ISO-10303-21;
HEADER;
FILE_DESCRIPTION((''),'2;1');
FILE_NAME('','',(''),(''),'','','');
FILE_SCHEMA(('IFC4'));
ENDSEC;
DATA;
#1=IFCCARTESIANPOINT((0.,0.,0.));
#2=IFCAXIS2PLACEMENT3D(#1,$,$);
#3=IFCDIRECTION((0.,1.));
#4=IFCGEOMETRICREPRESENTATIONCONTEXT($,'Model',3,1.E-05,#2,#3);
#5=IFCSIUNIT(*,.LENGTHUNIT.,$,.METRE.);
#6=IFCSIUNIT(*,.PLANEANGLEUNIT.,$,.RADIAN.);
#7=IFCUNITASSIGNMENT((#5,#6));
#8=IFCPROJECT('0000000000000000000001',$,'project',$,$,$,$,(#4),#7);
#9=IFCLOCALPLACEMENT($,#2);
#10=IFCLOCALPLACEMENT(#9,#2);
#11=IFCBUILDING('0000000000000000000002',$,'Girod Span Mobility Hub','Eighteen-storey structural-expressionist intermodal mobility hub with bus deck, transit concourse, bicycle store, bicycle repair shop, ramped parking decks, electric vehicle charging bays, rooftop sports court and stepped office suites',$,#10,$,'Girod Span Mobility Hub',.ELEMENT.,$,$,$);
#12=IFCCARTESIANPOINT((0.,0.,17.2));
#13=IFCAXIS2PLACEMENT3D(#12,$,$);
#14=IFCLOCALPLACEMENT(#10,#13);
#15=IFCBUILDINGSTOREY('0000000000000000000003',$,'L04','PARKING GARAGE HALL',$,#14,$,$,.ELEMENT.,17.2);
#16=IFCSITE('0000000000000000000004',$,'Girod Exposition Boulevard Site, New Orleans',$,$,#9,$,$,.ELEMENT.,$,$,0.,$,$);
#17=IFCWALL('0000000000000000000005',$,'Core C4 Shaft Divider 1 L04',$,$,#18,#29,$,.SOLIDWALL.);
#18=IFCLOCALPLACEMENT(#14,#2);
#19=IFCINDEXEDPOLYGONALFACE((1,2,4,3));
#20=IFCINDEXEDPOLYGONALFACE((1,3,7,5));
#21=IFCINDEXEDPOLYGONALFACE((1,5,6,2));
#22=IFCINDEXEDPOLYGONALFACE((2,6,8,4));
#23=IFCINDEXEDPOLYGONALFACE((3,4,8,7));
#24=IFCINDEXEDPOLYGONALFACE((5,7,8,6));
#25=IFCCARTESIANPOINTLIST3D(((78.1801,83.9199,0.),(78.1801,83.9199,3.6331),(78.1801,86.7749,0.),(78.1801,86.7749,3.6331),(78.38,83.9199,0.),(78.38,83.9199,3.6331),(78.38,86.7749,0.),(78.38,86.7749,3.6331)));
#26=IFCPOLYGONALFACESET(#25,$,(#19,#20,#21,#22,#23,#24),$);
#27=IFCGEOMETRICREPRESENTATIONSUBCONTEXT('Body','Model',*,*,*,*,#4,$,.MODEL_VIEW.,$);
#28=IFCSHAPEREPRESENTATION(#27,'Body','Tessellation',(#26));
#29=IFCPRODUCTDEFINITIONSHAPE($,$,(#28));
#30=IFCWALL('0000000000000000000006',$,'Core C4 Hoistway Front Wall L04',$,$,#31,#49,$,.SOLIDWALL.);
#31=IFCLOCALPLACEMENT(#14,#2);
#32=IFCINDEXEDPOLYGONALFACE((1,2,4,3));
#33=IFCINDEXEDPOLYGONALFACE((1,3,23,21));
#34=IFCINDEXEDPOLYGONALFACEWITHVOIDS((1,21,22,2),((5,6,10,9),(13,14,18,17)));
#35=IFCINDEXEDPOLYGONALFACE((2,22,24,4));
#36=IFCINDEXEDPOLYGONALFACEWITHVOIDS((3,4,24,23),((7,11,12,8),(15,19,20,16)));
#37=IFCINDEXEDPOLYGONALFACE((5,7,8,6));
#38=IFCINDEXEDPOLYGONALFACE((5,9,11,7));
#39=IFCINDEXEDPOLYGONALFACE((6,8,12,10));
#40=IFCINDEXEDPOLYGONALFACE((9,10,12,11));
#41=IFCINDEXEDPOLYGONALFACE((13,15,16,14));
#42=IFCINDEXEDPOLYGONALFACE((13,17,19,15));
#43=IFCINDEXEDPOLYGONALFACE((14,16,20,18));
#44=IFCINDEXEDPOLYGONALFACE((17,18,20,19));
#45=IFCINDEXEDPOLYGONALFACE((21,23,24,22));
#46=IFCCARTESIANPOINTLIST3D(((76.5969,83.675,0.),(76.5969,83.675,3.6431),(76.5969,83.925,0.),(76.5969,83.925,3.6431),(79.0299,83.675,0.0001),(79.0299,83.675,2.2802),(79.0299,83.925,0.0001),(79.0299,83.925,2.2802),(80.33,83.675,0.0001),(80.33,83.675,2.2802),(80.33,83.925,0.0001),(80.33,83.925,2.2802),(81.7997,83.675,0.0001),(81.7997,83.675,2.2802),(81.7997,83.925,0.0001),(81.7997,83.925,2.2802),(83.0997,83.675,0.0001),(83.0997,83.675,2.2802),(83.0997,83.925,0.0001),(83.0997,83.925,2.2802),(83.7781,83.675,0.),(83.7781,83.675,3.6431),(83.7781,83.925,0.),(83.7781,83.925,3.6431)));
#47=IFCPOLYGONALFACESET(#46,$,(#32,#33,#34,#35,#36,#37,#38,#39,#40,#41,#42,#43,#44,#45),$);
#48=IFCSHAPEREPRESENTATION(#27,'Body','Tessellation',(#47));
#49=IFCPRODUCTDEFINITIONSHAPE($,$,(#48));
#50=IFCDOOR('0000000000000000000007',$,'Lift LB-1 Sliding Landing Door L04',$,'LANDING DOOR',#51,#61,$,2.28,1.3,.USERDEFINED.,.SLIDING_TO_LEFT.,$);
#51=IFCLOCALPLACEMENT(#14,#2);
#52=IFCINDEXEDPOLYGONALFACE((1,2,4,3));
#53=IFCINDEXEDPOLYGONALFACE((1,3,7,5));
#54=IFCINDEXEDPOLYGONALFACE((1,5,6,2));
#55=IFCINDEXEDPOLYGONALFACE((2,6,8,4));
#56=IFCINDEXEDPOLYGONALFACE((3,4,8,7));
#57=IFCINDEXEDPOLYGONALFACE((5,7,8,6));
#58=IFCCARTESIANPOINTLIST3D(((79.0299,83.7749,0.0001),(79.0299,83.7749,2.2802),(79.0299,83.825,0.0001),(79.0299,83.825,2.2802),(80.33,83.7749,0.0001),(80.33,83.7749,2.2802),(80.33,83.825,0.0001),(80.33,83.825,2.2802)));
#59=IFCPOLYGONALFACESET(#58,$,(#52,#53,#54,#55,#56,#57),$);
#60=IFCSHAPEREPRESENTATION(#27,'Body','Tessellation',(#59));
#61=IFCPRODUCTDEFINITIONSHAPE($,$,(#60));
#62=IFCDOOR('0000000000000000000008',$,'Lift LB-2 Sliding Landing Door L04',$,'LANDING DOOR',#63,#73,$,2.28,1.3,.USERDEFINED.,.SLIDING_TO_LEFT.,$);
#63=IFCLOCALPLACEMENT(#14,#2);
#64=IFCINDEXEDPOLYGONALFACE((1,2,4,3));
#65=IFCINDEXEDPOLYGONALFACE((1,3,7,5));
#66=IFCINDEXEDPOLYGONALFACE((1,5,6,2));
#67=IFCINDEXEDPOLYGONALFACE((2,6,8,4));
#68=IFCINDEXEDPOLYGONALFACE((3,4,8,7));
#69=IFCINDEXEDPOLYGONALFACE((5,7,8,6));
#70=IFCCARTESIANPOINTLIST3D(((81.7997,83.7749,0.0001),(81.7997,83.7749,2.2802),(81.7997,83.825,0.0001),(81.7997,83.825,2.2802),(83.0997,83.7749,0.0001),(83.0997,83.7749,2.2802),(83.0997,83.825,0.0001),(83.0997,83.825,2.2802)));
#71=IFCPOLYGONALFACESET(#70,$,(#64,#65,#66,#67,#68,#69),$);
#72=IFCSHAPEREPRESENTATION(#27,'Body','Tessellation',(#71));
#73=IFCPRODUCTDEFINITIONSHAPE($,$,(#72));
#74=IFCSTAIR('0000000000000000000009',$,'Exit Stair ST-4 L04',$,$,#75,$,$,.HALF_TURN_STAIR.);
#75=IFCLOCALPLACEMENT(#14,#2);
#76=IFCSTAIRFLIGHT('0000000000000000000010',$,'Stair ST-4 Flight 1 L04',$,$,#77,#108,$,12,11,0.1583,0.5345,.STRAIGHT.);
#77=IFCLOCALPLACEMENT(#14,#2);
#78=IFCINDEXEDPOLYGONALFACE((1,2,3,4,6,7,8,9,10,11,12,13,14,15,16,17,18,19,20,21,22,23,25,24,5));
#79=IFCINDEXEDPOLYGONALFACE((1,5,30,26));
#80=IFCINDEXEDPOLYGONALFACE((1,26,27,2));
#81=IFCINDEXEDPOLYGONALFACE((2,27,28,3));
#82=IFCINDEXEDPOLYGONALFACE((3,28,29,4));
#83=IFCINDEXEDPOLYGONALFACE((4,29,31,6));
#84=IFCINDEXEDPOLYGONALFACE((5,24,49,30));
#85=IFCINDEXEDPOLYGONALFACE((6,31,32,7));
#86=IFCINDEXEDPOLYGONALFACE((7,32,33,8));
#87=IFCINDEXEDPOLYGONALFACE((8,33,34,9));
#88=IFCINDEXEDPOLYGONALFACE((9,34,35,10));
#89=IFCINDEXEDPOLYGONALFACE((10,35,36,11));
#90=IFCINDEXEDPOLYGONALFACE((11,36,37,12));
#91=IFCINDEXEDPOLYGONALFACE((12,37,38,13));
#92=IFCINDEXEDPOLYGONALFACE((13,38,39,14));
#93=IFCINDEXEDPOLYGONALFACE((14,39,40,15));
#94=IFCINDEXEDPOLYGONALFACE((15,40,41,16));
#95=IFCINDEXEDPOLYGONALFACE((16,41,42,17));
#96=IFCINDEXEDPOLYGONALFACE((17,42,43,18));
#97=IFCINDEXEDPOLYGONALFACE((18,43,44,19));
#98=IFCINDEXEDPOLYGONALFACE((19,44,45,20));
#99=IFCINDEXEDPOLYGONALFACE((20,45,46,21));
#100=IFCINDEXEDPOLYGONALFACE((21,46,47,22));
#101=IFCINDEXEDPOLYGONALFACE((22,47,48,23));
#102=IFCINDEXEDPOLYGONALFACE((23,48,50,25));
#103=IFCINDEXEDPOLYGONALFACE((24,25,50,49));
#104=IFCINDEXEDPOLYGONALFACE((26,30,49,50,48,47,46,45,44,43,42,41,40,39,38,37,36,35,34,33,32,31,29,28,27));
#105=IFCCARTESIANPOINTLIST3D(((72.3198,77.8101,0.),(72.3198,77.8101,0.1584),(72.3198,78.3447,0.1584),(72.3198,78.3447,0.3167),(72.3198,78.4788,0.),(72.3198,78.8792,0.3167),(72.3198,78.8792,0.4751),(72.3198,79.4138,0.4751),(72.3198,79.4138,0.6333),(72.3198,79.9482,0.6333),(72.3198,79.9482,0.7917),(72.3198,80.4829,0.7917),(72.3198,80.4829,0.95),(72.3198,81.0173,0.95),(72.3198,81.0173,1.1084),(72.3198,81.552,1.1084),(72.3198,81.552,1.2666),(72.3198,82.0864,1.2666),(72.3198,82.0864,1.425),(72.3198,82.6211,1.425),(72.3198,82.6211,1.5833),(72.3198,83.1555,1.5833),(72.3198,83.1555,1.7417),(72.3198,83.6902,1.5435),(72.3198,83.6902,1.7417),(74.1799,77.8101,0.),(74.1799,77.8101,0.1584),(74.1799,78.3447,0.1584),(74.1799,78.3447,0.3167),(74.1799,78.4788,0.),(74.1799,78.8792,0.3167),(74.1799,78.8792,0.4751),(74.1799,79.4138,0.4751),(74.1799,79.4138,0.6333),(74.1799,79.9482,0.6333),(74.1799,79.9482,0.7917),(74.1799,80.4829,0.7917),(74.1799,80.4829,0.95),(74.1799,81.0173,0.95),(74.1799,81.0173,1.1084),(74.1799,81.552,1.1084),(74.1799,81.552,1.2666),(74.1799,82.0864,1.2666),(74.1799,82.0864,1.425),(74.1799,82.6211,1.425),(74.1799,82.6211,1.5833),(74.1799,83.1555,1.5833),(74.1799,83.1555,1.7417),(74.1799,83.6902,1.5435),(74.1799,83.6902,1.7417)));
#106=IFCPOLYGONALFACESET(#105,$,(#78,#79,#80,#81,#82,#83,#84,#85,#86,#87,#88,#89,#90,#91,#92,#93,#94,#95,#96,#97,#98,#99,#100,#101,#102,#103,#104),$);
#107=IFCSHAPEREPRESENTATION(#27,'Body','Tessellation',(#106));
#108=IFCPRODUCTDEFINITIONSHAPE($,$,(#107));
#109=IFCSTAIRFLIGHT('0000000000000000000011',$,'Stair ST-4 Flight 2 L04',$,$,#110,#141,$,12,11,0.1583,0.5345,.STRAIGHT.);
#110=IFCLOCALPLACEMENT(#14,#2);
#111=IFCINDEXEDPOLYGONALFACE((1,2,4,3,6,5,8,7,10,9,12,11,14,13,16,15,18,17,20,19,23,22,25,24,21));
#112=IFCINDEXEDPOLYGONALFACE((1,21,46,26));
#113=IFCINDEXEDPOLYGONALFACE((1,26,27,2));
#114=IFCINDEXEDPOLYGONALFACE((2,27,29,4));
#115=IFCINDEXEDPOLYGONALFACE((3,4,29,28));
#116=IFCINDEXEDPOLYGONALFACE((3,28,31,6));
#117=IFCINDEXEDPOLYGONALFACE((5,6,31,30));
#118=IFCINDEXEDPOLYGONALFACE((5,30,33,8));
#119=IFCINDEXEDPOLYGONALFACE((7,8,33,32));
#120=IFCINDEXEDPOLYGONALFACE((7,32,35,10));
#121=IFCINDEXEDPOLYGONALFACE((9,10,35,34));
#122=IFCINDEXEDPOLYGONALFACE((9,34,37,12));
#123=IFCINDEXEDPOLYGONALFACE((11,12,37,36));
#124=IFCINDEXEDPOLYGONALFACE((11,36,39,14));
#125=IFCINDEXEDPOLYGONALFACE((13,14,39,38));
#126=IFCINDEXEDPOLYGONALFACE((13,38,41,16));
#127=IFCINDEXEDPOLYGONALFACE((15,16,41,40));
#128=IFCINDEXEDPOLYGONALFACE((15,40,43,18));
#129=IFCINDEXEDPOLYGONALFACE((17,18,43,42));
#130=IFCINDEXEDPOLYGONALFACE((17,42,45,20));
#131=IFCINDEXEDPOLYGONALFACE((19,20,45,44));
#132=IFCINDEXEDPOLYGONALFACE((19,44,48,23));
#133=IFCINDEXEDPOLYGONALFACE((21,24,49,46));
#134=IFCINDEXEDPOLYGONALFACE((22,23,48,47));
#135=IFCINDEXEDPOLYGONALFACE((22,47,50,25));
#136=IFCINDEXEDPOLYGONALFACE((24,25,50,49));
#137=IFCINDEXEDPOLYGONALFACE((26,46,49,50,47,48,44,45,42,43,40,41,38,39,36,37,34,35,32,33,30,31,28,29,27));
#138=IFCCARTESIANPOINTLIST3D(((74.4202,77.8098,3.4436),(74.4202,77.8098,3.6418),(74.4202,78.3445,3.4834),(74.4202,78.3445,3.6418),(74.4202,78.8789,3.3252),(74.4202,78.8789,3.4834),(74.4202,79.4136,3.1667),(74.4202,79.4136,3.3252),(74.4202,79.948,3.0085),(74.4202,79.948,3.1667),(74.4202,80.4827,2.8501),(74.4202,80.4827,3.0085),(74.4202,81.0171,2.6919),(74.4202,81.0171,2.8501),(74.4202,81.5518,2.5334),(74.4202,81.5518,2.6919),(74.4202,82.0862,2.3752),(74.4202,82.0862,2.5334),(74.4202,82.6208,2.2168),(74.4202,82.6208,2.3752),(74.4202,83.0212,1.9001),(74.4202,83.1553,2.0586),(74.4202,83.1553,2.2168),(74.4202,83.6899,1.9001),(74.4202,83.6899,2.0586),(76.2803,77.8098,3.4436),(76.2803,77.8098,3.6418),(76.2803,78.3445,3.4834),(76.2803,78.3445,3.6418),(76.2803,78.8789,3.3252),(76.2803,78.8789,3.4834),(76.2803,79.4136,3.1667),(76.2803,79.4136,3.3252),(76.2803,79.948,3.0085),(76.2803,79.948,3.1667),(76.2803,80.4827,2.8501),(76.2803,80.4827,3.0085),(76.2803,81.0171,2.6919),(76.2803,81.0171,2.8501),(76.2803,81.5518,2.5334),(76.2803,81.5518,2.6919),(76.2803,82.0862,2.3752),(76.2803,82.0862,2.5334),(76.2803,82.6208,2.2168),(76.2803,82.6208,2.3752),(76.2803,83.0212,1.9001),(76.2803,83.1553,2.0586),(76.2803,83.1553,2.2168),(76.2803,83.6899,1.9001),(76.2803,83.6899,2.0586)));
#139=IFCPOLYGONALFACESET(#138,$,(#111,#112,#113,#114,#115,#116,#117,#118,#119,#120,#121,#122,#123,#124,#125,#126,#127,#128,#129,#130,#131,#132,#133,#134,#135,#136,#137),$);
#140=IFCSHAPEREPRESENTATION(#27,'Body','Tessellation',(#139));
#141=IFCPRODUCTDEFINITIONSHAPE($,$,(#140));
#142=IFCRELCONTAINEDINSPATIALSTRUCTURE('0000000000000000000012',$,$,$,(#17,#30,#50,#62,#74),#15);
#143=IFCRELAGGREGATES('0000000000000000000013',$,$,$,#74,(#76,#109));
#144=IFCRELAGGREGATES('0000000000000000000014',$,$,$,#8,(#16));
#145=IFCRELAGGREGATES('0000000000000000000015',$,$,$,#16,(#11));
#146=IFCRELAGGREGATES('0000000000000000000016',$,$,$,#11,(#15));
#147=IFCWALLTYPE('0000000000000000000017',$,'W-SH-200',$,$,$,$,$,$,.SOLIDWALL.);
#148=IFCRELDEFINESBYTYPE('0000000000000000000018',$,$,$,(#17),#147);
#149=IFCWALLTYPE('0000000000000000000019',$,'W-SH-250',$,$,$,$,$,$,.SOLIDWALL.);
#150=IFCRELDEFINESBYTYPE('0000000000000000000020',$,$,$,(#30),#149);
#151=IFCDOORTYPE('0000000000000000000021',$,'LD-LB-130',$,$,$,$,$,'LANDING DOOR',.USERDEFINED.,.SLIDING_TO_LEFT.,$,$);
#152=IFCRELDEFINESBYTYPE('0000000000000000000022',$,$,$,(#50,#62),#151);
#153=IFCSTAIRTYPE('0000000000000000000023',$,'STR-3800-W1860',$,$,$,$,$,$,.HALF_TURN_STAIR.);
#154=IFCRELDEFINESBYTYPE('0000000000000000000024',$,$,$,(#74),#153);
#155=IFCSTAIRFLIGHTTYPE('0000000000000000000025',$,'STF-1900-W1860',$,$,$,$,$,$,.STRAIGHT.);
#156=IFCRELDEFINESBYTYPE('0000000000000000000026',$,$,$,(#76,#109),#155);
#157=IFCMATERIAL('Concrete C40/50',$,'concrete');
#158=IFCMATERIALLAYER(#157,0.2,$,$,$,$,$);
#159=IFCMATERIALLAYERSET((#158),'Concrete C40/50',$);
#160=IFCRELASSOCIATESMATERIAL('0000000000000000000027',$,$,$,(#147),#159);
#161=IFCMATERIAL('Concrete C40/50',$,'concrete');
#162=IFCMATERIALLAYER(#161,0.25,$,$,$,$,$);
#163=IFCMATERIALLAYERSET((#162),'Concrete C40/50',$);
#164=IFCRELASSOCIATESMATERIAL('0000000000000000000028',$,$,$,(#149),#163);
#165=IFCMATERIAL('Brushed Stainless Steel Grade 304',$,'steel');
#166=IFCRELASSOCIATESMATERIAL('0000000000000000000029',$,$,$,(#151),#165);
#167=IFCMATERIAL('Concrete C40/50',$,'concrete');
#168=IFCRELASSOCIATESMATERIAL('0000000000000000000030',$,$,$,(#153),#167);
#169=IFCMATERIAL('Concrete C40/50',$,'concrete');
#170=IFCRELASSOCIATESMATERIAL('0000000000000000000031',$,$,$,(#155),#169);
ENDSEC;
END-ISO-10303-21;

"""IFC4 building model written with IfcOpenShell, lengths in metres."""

from ifc_helpers import new_model, si_unit, direction, frame, frame_2d, origin, place, context, subcontext, project, spatial, polyline, rectangle, outline, extrude, material, layer, layer_set, type_object, element, fill, aggregate, save


model = new_model("IFC4")

# Units and contexts
model_context = context("Model", 3, precision=1e-05, world=origin(), true_north=direction((0.0, 1.0)))
body_context = subcontext(model_context, "Body", "Model", "MODEL_VIEW")
ifc_project = project(units=[si_unit("LENGTHUNIT", "METRE"), si_unit("PLANEANGLEUNIT", "RADIAN")], contexts=[model_context])

# Site, building, storey
site_placement = place(None, origin())
site = spatial("IfcSite", under=ifc_project, at=site_placement, Name="Girod Exposition Boulevard Site, New Orleans", CompositionType="ELEMENT", RefElevation=0.0)
building_placement = place(site_placement, origin())
building = spatial("IfcBuilding", under=site, at=building_placement, Name="Girod Span Mobility Hub", Description="Eighteen-storey structural-expressionist intermodal mobility hub with bus deck, transit concourse, bicycle store, bicycle repair shop, ramped parking decks, electric vehicle charging bays, rooftop sports court and stepped office suites", LongName="Girod Span Mobility Hub", CompositionType="ELEMENT")
storey_placement = place(building_placement, frame((0.0, 0.0, 17.2)))
storey = spatial("IfcBuildingStorey", under=building, at=storey_placement, Name="L04", Description="PARKING GARAGE HALL", CompositionType="ELEMENT", Elevation=17.2)

# Wall
ifc_material_1 = material(Name="Concrete C40/50", Category="concrete")
ifc_layer_1 = layer(ifc_material_1, 0.2)
ifc_layer_set_1 = layer_set([ifc_layer_1], Name="Concrete C40/50")
wall_type_1 = type_object("IfcWallType", Name="W-SH-200", PredefinedType="SOLIDWALL", material=ifc_layer_set_1)
wall_1_placement = place(storey_placement, frame((78.28, 83.9199, 0.0), z_axis=(0.0, 0.0, 1.0), x_axis=(0.0, 1.0, 0.0)))
element("IfcWall", 1, at=wall_1_placement, inside=storey, type_object=wall_type_1, Name="Core C4 Shaft Divider 1 L04", PredefinedType="SOLIDWALL", context=body_context, shape_type="SweptSolid", body=[
    extrude(rectangle(XDim=2.855, YDim=0.2, at=frame_2d((1.4275, 0.0))), origin(), (0.0, 0.0, 1.0), 3.6331),
])

# Wall, openings, doors
ifc_material_2 = material(Name="Concrete C40/50", Category="concrete")
ifc_layer_2 = layer(ifc_material_2, 0.25)
ifc_layer_set_2 = layer_set([ifc_layer_2], Name="Concrete C40/50")
wall_type_2 = type_object("IfcWallType", Name="W-SH-250", PredefinedType="SOLIDWALL", material=ifc_layer_set_2)
wall_2_placement = place(storey_placement, frame((76.5969, 83.8, 0.0), z_axis=(0.0, 0.0, 1.0), x_axis=(1.0, 0.0, 0.0)))
wall_2 = element("IfcWall", 2, at=wall_2_placement, inside=storey, type_object=wall_type_2, Name="Core C4 Hoistway Front Wall L04", PredefinedType="SOLIDWALL", context=body_context, shape_type="SweptSolid", body=[
    extrude(rectangle(XDim=7.1812, YDim=0.25, at=frame_2d((3.5906, 0.0))), origin(), (0.0, 0.0, 1.0), 3.6431),
])
opening_1_placement = place(wall_2_placement, frame((2.4331, 0.0, 0.0)))
opening_1 = element("IfcOpeningElement", 3, at=opening_1_placement, cuts=wall_2, PredefinedType="OPENING", context=body_context, shape_type="SweptSolid", body=[
    extrude(rectangle(XDim=1.3, YDim=2.28, at=frame_2d((0.6499, 1.1401))), frame((0.0, 0.1399, 0.0), z_axis=(0.0, -1.0, 0.0), x_axis=(1.0, 0.0, 0.0)), (0.0, 0.0, 1.0), 0.28),
])
opening_2_placement = place(wall_2_placement, frame((5.2029, 0.0, 0.0)))
opening_2 = element("IfcOpeningElement", 4, at=opening_2_placement, cuts=wall_2, PredefinedType="OPENING", context=body_context, shape_type="SweptSolid", body=[
    extrude(rectangle(XDim=1.3, YDim=2.28, at=frame_2d((0.6499, 1.1401))), frame((0.0, 0.1399, 0.0), z_axis=(0.0, -1.0, 0.0), x_axis=(1.0, 0.0, 0.0)), (0.0, 0.0, 1.0), 0.28),
])
ifc_material_3 = material(Name="Brushed Stainless Steel Grade 304", Category="steel")
door_type = type_object("IfcDoorType", Name="LD-LB-130", ElementType="LANDING DOOR", OperationType="SLIDING_TO_LEFT", PredefinedType="USERDEFINED", material=ifc_material_3)
door_1_placement = place(opening_1_placement, origin())
door_1 = element("IfcDoor", 5, at=door_1_placement, inside=storey, type_object=door_type, Name="Lift LB-1 Sliding Landing Door L04", ObjectType="LANDING DOOR", OperationType="SLIDING_TO_LEFT", OverallHeight=2.28, OverallWidth=1.3, PredefinedType="USERDEFINED", context=body_context, shape_type="SweptSolid", body=[
    extrude(rectangle(XDim=1.3, YDim=2.28, at=frame_2d((0.6499, 1.1401))), frame((0.0, 0.0249, 0.0), z_axis=(0.0, -1.0, 0.0), x_axis=(1.0, 0.0, 0.0)), (0.0, 0.0, 1.0), 0.05),
])
fill(opening_1, door_1)
door_2_placement = place(opening_2_placement, origin())
door_2 = element("IfcDoor", 6, at=door_2_placement, inside=storey, type_object=door_type, Name="Lift LB-2 Sliding Landing Door L04", ObjectType="LANDING DOOR", OperationType="SLIDING_TO_LEFT", OverallHeight=2.28, OverallWidth=1.3, PredefinedType="USERDEFINED", context=body_context, shape_type="SweptSolid", body=[
    extrude(rectangle(XDim=1.3, YDim=2.28, at=frame_2d((0.6499, 1.1401))), frame((0.0, 0.0249, 0.0), z_axis=(0.0, -1.0, 0.0), x_axis=(1.0, 0.0, 0.0)), (0.0, 0.0, 1.0), 0.05),
])
fill(opening_2, door_2)

# Stair, stair flights
ifc_material_4 = material(Name="Concrete C40/50", Category="concrete")
stair_type = type_object("IfcStairType", Name="STR-3800-W1860", PredefinedType="HALF_TURN_STAIR", material=ifc_material_4)
stair_placement = place(storey_placement, origin())
stair = element("IfcStair", 7, at=stair_placement, inside=storey, type_object=stair_type, Name="Exit Stair ST-4 L04", PredefinedType="HALF_TURN_STAIR")
ifc_material_5 = material(Name="Concrete C40/50", Category="concrete")
stair_flight_type = type_object("IfcStairFlightType", Name="STF-1900-W1860", PredefinedType="STRAIGHT", material=ifc_material_5)
stair_flight_1_placement = place(storey_placement, frame((73.25, 77.8101, 0.0), z_axis=(0.0, 0.0, 1.0), x_axis=(0.0, 1.0, 0.0)))
stair_flight_1 = element("IfcStairFlight", 8, at=stair_flight_1_placement, type_object=stair_flight_type, Name="Stair ST-4 Flight 1 L04", NumberOfRisers=12, NumberOfTreads=11, PredefinedType="STRAIGHT", RiserHeight=0.1583, TreadLength=0.5345, context=body_context, shape_type="SweptSolid", body=[
    extrude(outline(polyline([(0.0, 0.0), (0.0, 0.1584), (0.5347, 0.1584), (0.5347, 0.3167), (1.0691, 0.3167), (1.0691, 0.4751), (1.6038, 0.4751), (1.6038, 0.6333), (2.1382, 0.6333), (2.1382, 0.7917), (2.6729, 0.7917), (2.6729, 0.95), (3.2073, 0.95), (3.2073, 1.1084), (3.7419, 1.1084), (3.7419, 1.2666), (4.2764, 1.2666), (4.2764, 1.425), (4.811, 1.425), (4.811, 1.5833), (5.3455, 1.5833), (5.3455, 1.7417), (5.8801, 1.7417), (5.8801, 1.8999), (5.8801, 1.5435), (0.6687, 0.0), (0.0, 0.0)])), frame((0.0, 0.9302, 0.0), z_axis=(0.0, -1.0, 0.0), x_axis=(1.0, 0.0, 0.0)), (0.0, 0.0, 1.0), 1.8601),
])
stair_flight_2_placement = place(storey_placement, frame((75.3501, 83.6899, 1.9001), z_axis=(0.0, 0.0, 1.0), x_axis=(0.0, -1.0, 0.0)))
stair_flight_2 = element("IfcStairFlight", 9, at=stair_flight_2_placement, type_object=stair_flight_type, Name="Stair ST-4 Flight 2 L04", NumberOfRisers=12, NumberOfTreads=11, PredefinedType="STRAIGHT", RiserHeight=0.1583, TreadLength=0.5345, context=body_context, shape_type="SweptSolid", body=[
    extrude(outline(polyline([(0.0, 0.0), (0.0, 0.1584), (0.5347, 0.1584), (0.5347, 0.3167), (1.0691, 0.3167), (1.0691, 0.4751), (1.6038, 0.4751), (1.6038, 0.6333), (2.1382, 0.6333), (2.1382, 0.7917), (2.6729, 0.7917), (2.6729, 0.95), (3.2073, 0.95), (3.2073, 1.1084), (3.7419, 1.1084), (3.7419, 1.2666), (4.2764, 1.2666), (4.2764, 1.425), (4.811, 1.425), (4.811, 1.5833), (5.3455, 1.5833), (5.3455, 1.7417), (5.8801, 1.7417), (5.8801, 1.8999), (5.8801, 1.5435), (0.6687, 0.0), (0.0, 0.0)])), frame((0.0, 0.9302, 0.0), z_axis=(0.0, -1.0, 0.0), x_axis=(1.0, 0.0, 0.0)), (0.0, 0.0, 1.0), 1.8601),
])
aggregate(stair, [stair_flight_1, stair_flight_2])

save(model, "model.ifc")
